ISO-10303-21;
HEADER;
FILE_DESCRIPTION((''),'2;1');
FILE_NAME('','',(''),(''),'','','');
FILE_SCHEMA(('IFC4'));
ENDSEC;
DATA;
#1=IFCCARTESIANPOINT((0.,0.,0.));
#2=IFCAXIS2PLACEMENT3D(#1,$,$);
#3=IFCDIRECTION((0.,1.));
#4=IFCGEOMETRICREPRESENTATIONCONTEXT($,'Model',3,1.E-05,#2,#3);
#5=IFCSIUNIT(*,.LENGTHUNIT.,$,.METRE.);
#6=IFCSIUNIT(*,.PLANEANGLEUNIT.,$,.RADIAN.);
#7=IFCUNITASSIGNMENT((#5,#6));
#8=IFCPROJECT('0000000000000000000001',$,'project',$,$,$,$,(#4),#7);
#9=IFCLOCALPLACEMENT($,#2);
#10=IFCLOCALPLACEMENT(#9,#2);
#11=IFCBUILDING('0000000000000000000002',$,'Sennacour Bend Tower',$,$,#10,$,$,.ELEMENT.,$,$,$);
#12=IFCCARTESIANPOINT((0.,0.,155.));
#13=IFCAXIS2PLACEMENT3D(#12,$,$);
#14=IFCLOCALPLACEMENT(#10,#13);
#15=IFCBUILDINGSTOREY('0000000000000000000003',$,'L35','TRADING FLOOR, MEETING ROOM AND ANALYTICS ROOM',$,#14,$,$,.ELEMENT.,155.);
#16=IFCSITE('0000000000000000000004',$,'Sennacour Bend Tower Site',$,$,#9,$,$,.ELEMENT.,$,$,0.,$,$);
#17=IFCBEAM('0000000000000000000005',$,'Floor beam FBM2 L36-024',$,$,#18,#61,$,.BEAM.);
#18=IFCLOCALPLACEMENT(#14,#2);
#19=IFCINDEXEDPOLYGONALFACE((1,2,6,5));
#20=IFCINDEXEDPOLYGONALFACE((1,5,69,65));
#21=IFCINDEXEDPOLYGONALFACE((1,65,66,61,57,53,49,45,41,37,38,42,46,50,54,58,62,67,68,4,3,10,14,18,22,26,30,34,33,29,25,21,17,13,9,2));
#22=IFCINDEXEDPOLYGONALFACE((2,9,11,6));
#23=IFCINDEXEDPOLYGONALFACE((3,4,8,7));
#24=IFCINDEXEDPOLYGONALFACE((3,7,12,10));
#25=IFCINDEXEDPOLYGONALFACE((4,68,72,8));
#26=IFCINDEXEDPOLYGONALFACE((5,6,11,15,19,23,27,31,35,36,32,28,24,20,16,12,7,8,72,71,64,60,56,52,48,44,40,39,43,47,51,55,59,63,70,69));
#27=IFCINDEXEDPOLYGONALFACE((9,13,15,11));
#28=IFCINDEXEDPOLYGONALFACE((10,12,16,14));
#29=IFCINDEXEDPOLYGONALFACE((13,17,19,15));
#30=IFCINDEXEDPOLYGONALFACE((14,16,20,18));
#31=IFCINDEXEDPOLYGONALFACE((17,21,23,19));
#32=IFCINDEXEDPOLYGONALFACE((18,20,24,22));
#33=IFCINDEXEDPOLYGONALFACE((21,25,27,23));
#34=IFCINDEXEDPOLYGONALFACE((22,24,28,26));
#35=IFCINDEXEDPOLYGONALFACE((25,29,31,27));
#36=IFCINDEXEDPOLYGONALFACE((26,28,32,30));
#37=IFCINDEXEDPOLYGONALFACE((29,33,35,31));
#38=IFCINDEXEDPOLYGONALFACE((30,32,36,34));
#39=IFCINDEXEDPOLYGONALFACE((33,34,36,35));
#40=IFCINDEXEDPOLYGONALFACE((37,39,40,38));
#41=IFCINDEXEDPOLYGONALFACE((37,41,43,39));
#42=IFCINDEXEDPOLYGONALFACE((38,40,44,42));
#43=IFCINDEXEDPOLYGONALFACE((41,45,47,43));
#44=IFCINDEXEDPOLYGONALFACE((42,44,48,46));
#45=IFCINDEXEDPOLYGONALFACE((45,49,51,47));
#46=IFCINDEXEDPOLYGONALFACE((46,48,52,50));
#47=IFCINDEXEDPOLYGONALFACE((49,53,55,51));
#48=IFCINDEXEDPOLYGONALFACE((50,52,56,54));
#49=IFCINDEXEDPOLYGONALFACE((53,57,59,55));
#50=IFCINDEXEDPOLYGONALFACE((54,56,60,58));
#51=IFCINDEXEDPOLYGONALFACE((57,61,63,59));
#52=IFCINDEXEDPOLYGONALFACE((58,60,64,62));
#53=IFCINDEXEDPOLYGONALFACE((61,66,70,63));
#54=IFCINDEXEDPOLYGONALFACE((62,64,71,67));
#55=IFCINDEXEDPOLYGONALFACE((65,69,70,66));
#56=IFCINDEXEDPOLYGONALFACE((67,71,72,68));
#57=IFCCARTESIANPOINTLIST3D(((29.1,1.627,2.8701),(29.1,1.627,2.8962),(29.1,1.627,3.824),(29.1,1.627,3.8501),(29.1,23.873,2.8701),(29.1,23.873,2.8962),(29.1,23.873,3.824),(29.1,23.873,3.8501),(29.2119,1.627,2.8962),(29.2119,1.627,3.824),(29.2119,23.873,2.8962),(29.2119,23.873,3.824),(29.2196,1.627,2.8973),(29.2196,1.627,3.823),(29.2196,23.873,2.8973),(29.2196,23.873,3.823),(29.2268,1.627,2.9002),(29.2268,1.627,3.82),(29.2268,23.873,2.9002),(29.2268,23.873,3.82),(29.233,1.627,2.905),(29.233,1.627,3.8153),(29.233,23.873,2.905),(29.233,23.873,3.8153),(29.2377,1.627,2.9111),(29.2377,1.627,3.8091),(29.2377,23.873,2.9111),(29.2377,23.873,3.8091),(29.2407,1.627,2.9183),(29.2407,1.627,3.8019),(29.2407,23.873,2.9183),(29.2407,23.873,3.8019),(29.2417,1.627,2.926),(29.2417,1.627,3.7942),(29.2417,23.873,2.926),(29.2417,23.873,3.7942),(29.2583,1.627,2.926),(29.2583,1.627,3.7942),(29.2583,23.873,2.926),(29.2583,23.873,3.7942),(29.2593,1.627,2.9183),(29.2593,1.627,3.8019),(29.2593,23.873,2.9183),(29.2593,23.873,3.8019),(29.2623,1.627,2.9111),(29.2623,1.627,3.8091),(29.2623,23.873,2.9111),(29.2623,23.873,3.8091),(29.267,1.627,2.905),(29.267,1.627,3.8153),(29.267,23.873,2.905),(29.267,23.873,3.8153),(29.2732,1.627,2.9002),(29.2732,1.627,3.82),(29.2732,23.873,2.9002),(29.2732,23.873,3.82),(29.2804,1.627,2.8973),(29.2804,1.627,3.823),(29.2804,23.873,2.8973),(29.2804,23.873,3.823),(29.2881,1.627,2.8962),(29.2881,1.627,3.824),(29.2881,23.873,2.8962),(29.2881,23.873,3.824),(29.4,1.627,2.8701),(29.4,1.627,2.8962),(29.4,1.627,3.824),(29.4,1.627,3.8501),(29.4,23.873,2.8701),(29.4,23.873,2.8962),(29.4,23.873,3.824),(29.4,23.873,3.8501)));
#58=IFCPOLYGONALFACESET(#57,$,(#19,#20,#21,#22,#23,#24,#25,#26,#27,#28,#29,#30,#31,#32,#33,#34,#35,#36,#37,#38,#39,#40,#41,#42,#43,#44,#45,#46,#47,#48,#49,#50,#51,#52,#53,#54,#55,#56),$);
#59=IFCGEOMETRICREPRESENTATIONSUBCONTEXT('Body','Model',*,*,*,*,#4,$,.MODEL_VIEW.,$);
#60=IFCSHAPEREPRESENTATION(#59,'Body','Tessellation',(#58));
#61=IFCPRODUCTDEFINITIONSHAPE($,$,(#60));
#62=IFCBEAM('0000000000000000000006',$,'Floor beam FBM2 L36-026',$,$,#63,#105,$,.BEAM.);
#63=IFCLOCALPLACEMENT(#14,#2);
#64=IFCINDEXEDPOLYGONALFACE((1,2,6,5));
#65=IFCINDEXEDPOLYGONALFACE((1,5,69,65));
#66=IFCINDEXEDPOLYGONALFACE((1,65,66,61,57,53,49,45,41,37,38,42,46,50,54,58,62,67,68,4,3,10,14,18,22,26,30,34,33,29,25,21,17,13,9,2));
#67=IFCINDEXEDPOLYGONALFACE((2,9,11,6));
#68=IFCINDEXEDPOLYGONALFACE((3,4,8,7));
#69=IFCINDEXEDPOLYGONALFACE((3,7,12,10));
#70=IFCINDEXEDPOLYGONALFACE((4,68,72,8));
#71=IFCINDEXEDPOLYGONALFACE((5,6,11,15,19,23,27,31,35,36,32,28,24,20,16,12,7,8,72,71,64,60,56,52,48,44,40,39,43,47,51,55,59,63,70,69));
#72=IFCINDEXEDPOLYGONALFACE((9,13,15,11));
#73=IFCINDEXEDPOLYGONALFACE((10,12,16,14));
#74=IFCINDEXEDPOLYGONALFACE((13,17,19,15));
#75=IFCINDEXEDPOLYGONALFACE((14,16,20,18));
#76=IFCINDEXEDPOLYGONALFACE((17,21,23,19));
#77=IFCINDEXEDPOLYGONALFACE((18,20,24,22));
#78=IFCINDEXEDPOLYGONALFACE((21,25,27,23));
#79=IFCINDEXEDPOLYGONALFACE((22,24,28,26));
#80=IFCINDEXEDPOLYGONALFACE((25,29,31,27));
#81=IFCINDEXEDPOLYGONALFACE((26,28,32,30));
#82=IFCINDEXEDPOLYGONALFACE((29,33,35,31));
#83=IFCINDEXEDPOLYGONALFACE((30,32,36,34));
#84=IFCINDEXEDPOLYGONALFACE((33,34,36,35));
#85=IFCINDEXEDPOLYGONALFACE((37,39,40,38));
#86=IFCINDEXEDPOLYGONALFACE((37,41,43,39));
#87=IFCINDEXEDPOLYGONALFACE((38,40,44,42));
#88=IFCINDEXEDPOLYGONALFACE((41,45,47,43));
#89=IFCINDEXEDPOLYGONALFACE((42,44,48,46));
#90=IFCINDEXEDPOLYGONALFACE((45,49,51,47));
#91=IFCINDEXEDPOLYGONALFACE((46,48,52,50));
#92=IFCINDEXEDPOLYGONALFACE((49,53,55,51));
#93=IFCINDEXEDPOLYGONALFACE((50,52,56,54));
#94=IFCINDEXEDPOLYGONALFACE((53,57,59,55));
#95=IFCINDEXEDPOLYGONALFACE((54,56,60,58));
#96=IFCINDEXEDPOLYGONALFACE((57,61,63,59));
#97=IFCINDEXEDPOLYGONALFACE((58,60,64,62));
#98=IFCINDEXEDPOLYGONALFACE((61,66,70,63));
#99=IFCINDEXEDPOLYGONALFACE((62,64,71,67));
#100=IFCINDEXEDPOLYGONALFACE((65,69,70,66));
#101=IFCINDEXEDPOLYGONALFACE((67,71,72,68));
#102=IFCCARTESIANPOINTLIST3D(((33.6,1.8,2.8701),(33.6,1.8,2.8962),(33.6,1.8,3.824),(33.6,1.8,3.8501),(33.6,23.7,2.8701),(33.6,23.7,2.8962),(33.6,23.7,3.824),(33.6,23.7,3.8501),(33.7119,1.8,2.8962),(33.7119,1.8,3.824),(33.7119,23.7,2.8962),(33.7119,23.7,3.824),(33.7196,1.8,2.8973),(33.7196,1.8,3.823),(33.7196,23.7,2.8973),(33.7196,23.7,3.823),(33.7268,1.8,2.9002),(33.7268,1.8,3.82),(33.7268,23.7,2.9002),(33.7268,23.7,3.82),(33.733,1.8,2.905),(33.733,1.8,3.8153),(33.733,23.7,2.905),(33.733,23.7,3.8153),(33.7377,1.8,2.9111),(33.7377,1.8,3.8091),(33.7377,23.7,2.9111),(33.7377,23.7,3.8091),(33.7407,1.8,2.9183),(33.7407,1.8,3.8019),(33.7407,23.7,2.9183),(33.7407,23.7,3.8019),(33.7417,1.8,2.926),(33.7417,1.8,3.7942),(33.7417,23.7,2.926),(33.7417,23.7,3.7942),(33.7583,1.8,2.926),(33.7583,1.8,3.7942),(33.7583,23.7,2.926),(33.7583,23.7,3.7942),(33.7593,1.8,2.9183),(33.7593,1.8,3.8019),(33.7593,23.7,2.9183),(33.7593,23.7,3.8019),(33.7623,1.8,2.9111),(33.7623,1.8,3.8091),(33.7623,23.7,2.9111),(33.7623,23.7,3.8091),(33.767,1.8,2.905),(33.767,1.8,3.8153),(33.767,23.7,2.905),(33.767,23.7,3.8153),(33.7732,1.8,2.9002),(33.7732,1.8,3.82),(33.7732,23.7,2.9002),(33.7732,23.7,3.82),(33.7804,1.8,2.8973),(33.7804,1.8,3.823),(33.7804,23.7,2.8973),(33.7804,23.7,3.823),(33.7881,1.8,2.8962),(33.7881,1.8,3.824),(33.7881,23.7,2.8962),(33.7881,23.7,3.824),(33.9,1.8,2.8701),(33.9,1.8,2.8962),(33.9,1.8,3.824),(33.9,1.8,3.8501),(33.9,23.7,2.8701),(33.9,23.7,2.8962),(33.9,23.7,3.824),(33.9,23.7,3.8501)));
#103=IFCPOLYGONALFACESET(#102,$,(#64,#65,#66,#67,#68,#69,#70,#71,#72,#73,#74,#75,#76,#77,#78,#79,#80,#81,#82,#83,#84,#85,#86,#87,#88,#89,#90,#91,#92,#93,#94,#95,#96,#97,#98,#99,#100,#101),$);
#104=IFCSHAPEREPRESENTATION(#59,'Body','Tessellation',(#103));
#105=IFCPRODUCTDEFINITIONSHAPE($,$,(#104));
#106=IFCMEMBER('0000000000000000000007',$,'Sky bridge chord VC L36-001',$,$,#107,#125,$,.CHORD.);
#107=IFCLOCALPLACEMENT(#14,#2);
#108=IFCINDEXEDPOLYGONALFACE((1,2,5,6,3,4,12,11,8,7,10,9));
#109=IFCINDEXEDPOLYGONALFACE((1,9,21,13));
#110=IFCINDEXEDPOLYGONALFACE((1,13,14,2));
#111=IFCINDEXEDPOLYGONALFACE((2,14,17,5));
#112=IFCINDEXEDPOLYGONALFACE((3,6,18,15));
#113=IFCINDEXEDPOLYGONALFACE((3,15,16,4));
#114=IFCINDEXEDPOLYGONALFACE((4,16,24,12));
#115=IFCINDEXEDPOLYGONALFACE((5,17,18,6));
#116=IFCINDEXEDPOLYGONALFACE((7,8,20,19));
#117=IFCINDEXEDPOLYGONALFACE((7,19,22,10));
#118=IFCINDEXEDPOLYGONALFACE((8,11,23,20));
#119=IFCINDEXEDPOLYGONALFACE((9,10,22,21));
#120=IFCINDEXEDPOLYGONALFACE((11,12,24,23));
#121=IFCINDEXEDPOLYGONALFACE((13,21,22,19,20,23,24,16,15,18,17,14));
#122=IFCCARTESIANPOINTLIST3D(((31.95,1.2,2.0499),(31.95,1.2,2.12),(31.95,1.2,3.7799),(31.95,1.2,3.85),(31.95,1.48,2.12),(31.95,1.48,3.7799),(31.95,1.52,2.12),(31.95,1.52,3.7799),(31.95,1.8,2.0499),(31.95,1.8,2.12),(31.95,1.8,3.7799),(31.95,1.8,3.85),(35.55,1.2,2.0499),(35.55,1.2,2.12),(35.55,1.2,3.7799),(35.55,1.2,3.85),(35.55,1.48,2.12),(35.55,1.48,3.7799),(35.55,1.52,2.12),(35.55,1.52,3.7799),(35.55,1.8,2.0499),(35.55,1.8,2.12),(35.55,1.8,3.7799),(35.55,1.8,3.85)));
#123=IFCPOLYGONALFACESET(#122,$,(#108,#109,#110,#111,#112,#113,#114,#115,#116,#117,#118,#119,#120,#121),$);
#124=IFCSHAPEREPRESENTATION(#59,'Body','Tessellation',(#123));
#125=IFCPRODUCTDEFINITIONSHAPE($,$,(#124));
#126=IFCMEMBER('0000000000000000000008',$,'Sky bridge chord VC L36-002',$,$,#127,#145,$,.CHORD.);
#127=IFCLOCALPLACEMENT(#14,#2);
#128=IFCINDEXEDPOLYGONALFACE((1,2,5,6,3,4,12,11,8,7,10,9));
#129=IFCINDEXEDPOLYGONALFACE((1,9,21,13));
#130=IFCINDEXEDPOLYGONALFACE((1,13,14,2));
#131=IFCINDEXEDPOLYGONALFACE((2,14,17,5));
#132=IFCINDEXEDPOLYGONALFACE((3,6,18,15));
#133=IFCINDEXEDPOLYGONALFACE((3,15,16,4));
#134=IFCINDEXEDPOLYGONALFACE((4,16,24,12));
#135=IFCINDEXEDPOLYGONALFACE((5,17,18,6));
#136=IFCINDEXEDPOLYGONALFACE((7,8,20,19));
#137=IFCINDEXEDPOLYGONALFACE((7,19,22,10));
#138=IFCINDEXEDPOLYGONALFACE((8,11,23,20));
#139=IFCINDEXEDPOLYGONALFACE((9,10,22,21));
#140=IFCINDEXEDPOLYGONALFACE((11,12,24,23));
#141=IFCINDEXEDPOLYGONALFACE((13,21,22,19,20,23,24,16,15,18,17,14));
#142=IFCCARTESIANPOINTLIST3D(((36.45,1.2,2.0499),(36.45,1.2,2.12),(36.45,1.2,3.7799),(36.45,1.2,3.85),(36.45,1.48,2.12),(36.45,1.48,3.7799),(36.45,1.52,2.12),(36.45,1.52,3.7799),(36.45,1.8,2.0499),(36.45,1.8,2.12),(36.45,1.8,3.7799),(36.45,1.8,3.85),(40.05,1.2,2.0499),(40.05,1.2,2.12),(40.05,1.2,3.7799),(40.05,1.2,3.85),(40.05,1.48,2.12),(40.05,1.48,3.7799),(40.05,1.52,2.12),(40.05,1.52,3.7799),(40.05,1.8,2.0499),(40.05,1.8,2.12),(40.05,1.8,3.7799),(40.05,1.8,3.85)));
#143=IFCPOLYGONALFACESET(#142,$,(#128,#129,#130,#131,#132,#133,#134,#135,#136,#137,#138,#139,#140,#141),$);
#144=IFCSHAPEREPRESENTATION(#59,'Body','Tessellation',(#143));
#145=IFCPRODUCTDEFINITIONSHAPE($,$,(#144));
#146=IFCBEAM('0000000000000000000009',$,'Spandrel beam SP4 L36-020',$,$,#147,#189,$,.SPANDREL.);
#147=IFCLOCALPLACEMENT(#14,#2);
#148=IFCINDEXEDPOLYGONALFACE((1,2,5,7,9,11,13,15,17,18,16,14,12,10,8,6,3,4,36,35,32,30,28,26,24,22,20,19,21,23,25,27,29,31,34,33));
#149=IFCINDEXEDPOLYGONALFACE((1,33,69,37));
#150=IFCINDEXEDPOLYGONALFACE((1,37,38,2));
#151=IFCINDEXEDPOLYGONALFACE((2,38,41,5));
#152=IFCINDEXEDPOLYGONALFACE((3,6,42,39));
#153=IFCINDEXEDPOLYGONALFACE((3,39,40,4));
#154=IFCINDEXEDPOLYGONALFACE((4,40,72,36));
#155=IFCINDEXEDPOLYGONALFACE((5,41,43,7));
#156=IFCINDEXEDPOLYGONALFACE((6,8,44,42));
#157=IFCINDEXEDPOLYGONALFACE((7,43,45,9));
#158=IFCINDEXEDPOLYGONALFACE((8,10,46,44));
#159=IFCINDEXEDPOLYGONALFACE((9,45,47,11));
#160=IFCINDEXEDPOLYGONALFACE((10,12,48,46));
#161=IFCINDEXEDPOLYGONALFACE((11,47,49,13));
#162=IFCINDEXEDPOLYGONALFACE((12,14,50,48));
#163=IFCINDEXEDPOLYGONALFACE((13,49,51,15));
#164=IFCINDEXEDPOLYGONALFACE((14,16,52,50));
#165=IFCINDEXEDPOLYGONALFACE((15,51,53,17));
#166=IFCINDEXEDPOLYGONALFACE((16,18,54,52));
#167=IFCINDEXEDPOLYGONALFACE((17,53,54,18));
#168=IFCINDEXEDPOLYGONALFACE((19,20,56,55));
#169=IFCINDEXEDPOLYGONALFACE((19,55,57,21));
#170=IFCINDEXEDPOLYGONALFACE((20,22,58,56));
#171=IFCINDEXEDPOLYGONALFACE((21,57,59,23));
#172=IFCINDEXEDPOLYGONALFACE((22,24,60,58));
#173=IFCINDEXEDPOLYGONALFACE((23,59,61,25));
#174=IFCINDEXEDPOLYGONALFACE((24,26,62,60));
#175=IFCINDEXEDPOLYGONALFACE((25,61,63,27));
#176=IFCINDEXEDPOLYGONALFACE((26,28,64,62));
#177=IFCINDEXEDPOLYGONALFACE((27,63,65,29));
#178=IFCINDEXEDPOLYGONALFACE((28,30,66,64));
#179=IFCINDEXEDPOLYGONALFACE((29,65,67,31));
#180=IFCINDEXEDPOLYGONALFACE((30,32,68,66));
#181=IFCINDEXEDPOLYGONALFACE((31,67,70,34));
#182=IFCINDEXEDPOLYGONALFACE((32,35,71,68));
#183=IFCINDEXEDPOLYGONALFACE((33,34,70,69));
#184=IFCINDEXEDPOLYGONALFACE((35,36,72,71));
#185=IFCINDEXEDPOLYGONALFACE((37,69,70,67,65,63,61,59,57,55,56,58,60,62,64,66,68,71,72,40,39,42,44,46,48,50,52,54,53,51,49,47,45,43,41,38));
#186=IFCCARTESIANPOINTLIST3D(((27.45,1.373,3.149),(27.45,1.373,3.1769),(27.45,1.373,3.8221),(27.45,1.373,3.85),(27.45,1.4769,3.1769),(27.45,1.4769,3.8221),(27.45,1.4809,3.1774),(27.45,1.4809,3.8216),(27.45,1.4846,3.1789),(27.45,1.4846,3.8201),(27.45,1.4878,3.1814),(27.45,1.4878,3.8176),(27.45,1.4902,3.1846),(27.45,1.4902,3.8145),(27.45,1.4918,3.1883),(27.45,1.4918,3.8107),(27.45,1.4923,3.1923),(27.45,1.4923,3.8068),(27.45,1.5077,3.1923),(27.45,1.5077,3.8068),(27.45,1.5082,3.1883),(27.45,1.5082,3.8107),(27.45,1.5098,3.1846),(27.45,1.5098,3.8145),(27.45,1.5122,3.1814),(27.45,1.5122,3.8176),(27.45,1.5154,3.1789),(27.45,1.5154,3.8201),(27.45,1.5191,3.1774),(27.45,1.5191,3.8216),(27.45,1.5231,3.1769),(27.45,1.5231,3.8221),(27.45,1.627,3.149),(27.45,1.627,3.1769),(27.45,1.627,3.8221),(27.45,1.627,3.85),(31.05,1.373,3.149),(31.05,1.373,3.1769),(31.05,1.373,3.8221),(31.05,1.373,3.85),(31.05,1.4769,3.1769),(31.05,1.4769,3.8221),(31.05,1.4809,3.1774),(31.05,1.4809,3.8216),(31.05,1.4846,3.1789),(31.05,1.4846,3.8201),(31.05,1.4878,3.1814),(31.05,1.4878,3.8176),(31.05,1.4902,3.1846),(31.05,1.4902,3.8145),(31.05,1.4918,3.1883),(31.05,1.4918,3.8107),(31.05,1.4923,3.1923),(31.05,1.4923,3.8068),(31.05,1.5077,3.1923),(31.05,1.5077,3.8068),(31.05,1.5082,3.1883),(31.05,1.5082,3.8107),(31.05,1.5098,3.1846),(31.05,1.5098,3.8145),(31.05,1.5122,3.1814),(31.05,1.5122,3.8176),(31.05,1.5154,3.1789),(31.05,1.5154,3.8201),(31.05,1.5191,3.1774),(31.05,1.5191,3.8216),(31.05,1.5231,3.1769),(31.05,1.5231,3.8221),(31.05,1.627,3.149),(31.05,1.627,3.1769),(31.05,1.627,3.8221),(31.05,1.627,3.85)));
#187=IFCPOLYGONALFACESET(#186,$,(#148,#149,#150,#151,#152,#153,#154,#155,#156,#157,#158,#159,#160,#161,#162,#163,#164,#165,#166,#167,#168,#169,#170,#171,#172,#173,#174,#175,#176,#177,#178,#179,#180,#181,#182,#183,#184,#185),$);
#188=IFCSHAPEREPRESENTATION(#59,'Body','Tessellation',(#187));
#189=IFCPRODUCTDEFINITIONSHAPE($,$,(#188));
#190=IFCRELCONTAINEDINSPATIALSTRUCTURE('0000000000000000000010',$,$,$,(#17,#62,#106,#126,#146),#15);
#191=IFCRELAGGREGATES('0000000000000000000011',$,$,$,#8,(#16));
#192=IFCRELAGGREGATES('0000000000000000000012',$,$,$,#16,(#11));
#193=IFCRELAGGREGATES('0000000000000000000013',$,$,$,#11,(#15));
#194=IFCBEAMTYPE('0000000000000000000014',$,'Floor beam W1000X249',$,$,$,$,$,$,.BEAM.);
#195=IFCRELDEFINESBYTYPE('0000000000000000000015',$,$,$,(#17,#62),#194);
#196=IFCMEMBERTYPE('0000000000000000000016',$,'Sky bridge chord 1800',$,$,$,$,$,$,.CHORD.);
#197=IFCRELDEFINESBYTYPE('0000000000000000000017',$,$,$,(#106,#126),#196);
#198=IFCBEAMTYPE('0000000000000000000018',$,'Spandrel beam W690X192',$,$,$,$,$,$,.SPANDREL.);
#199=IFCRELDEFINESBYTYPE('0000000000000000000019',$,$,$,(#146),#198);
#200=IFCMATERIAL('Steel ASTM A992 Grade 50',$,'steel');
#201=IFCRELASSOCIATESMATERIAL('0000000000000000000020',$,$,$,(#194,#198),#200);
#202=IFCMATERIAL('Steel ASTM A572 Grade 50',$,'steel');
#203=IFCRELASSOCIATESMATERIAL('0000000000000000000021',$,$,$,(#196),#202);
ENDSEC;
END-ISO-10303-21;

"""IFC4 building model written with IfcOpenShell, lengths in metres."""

from ifc_helpers import new_model, si_unit, direction, frame, origin, origin_2d, place, context, subcontext, project, spatial, i_section, extrude, material, material_profile, profile_set, type_object, element, save


model = new_model("IFC4")

# Units and contexts
model_context = context("Model", 3, precision=1e-05, world=origin(), true_north=direction((0.0, 1.0)))
body_context = subcontext(model_context, "Body", "Model", "MODEL_VIEW")
ifc_project = project(units=[si_unit("LENGTHUNIT", "METRE"), si_unit("PLANEANGLEUNIT", "RADIAN")], contexts=[model_context])

# Site, building, storey
site_placement = place(None, origin())
site = spatial("IfcSite", under=ifc_project, at=site_placement, Name="Sennacour Bend Tower Site", CompositionType="ELEMENT", RefElevation=0.0)
building_placement = place(site_placement, origin())
building = spatial("IfcBuilding", under=site, at=building_placement, Name="Sennacour Bend Tower", CompositionType="ELEMENT")
storey_placement = place(building_placement, frame((0.0, 0.0, 155.0)))
storey = spatial("IfcBuildingStorey", under=building, at=storey_placement, Name="L35", Description="TRADING FLOOR, MEETING ROOM AND ANALYTICS ROOM", CompositionType="ELEMENT", Elevation=155.0)

# Shared definitions
ifc_material_1 = material(Name="Steel ASTM A572 Grade 50", Category="steel")

# Beams
ifc_material_2 = material(Name="Steel ASTM A992 Grade 50", Category="steel")
ifc_material_profile_1 = material_profile(ifc_material_2, i_section(OverallWidth=0.3, OverallDepth=0.98, WebThickness=0.0166, FlangeThickness=0.0261, FilletRadius=0.0298, at=origin_2d()), Name="Steel ASTM A992 Grade 50", Category="steel")
ifc_profile_set_1 = profile_set([ifc_material_profile_1], Name="Steel ASTM A992 Grade 50")
beam_type_1 = type_object("IfcBeamType", Name="Floor beam W1000X249", PredefinedType="BEAM", material=ifc_profile_set_1)
beam_1_placement = place(storey_placement, frame((29.25, 1.627, 3.3601), z_axis=(0.0, 1.0, 0.0), x_axis=(-1.0, 0.0, 0.0)))
element("IfcBeam", 1, at=beam_1_placement, inside=storey, type_object=beam_type_1, Name="Floor beam FBM2 L36-024", PredefinedType="BEAM", context=body_context, shape_type="SweptSolid", body=[
    extrude(i_section(OverallWidth=0.3, OverallDepth=0.98, WebThickness=0.0166, FlangeThickness=0.0261, FilletRadius=0.0298, at=origin_2d()), origin(), (0.0, 0.0, 1.0), 22.2461),
])
beam_2_placement = place(storey_placement, frame((33.75, 1.8, 3.3601), z_axis=(0.0, 1.0, 0.0), x_axis=(-1.0, 0.0, 0.0)))
element("IfcBeam", 2, at=beam_2_placement, inside=storey, type_object=beam_type_1, Name="Floor beam FBM2 L36-026", PredefinedType="BEAM", context=body_context, shape_type="SweptSolid", body=[
    extrude(i_section(OverallWidth=0.3, OverallDepth=0.98, WebThickness=0.0166, FlangeThickness=0.0261, FilletRadius=0.0298, at=origin_2d()), origin(), (0.0, 0.0, 1.0), 21.8999),
])

# Members
ifc_material_profile_2 = material_profile(ifc_material_1, i_section(OverallWidth=0.6001, OverallDepth=1.8, WebThickness=0.04, FlangeThickness=0.0701, at=origin_2d()), Name="Steel ASTM A572 Grade 50", Category="steel")
ifc_profile_set_2 = profile_set([ifc_material_profile_2], Name="Steel ASTM A572 Grade 50")
member_type_1 = type_object("IfcMemberType", Name="Sky bridge chord 1800", PredefinedType="CHORD", material=ifc_profile_set_2)
for number, where, z_axis, x_axis, name in (
    (3, (31.95, 1.5, 2.95), (1.0, 0.0, 0.0), (0.0, 1.0, 0.0), "Sky bridge chord VC L36-001"),
    (4, (36.45, 1.5, 2.95), (1.0, 0.0, 0.0), (0.0, 1.0, 0.0), "Sky bridge chord VC L36-002"),
):
    element("IfcMember", number, at=place(storey_placement, frame(where, z_axis=z_axis, x_axis=x_axis)), inside=storey, type_object=member_type_1, Name=name, PredefinedType="CHORD", context=body_context, shape_type="SweptSolid", body=[
        extrude(i_section(OverallWidth=0.6001, OverallDepth=1.8, WebThickness=0.04, FlangeThickness=0.0701, at=origin_2d()), origin(), (0.0, 0.0, 1.0), 3.6001),
    ])

# Beam
ifc_material_profile_3 = material_profile(ifc_material_2, i_section(OverallWidth=0.2539, OverallDepth=0.7009, WebThickness=0.0154, FlangeThickness=0.0278, FilletRadius=0.0154, at=origin_2d()), Name="Steel ASTM A992 Grade 50", Category="steel")
ifc_profile_set_3 = profile_set([ifc_material_profile_3], Name="Steel ASTM A992 Grade 50")
beam_type_2 = type_object("IfcBeamType", Name="Spandrel beam W690X192", PredefinedType="SPANDREL", material=ifc_profile_set_3)
beam_3_placement = place(storey_placement, frame((31.05, 1.5, 3.4995), z_axis=(-1.0, 0.0, 0.0), x_axis=(0.0, -1.0, 0.0)))
element("IfcBeam", 5, at=beam_3_placement, inside=storey, type_object=beam_type_2, Name="Spandrel beam SP4 L36-020", PredefinedType="SPANDREL", context=body_context, shape_type="SweptSolid", body=[
    extrude(i_section(OverallWidth=0.2539, OverallDepth=0.7009, WebThickness=0.0154, FlangeThickness=0.0278, FilletRadius=0.0154, at=origin_2d()), origin(), (0.0, 0.0, 1.0), 3.6001),
])

save(model, "model.ifc")
